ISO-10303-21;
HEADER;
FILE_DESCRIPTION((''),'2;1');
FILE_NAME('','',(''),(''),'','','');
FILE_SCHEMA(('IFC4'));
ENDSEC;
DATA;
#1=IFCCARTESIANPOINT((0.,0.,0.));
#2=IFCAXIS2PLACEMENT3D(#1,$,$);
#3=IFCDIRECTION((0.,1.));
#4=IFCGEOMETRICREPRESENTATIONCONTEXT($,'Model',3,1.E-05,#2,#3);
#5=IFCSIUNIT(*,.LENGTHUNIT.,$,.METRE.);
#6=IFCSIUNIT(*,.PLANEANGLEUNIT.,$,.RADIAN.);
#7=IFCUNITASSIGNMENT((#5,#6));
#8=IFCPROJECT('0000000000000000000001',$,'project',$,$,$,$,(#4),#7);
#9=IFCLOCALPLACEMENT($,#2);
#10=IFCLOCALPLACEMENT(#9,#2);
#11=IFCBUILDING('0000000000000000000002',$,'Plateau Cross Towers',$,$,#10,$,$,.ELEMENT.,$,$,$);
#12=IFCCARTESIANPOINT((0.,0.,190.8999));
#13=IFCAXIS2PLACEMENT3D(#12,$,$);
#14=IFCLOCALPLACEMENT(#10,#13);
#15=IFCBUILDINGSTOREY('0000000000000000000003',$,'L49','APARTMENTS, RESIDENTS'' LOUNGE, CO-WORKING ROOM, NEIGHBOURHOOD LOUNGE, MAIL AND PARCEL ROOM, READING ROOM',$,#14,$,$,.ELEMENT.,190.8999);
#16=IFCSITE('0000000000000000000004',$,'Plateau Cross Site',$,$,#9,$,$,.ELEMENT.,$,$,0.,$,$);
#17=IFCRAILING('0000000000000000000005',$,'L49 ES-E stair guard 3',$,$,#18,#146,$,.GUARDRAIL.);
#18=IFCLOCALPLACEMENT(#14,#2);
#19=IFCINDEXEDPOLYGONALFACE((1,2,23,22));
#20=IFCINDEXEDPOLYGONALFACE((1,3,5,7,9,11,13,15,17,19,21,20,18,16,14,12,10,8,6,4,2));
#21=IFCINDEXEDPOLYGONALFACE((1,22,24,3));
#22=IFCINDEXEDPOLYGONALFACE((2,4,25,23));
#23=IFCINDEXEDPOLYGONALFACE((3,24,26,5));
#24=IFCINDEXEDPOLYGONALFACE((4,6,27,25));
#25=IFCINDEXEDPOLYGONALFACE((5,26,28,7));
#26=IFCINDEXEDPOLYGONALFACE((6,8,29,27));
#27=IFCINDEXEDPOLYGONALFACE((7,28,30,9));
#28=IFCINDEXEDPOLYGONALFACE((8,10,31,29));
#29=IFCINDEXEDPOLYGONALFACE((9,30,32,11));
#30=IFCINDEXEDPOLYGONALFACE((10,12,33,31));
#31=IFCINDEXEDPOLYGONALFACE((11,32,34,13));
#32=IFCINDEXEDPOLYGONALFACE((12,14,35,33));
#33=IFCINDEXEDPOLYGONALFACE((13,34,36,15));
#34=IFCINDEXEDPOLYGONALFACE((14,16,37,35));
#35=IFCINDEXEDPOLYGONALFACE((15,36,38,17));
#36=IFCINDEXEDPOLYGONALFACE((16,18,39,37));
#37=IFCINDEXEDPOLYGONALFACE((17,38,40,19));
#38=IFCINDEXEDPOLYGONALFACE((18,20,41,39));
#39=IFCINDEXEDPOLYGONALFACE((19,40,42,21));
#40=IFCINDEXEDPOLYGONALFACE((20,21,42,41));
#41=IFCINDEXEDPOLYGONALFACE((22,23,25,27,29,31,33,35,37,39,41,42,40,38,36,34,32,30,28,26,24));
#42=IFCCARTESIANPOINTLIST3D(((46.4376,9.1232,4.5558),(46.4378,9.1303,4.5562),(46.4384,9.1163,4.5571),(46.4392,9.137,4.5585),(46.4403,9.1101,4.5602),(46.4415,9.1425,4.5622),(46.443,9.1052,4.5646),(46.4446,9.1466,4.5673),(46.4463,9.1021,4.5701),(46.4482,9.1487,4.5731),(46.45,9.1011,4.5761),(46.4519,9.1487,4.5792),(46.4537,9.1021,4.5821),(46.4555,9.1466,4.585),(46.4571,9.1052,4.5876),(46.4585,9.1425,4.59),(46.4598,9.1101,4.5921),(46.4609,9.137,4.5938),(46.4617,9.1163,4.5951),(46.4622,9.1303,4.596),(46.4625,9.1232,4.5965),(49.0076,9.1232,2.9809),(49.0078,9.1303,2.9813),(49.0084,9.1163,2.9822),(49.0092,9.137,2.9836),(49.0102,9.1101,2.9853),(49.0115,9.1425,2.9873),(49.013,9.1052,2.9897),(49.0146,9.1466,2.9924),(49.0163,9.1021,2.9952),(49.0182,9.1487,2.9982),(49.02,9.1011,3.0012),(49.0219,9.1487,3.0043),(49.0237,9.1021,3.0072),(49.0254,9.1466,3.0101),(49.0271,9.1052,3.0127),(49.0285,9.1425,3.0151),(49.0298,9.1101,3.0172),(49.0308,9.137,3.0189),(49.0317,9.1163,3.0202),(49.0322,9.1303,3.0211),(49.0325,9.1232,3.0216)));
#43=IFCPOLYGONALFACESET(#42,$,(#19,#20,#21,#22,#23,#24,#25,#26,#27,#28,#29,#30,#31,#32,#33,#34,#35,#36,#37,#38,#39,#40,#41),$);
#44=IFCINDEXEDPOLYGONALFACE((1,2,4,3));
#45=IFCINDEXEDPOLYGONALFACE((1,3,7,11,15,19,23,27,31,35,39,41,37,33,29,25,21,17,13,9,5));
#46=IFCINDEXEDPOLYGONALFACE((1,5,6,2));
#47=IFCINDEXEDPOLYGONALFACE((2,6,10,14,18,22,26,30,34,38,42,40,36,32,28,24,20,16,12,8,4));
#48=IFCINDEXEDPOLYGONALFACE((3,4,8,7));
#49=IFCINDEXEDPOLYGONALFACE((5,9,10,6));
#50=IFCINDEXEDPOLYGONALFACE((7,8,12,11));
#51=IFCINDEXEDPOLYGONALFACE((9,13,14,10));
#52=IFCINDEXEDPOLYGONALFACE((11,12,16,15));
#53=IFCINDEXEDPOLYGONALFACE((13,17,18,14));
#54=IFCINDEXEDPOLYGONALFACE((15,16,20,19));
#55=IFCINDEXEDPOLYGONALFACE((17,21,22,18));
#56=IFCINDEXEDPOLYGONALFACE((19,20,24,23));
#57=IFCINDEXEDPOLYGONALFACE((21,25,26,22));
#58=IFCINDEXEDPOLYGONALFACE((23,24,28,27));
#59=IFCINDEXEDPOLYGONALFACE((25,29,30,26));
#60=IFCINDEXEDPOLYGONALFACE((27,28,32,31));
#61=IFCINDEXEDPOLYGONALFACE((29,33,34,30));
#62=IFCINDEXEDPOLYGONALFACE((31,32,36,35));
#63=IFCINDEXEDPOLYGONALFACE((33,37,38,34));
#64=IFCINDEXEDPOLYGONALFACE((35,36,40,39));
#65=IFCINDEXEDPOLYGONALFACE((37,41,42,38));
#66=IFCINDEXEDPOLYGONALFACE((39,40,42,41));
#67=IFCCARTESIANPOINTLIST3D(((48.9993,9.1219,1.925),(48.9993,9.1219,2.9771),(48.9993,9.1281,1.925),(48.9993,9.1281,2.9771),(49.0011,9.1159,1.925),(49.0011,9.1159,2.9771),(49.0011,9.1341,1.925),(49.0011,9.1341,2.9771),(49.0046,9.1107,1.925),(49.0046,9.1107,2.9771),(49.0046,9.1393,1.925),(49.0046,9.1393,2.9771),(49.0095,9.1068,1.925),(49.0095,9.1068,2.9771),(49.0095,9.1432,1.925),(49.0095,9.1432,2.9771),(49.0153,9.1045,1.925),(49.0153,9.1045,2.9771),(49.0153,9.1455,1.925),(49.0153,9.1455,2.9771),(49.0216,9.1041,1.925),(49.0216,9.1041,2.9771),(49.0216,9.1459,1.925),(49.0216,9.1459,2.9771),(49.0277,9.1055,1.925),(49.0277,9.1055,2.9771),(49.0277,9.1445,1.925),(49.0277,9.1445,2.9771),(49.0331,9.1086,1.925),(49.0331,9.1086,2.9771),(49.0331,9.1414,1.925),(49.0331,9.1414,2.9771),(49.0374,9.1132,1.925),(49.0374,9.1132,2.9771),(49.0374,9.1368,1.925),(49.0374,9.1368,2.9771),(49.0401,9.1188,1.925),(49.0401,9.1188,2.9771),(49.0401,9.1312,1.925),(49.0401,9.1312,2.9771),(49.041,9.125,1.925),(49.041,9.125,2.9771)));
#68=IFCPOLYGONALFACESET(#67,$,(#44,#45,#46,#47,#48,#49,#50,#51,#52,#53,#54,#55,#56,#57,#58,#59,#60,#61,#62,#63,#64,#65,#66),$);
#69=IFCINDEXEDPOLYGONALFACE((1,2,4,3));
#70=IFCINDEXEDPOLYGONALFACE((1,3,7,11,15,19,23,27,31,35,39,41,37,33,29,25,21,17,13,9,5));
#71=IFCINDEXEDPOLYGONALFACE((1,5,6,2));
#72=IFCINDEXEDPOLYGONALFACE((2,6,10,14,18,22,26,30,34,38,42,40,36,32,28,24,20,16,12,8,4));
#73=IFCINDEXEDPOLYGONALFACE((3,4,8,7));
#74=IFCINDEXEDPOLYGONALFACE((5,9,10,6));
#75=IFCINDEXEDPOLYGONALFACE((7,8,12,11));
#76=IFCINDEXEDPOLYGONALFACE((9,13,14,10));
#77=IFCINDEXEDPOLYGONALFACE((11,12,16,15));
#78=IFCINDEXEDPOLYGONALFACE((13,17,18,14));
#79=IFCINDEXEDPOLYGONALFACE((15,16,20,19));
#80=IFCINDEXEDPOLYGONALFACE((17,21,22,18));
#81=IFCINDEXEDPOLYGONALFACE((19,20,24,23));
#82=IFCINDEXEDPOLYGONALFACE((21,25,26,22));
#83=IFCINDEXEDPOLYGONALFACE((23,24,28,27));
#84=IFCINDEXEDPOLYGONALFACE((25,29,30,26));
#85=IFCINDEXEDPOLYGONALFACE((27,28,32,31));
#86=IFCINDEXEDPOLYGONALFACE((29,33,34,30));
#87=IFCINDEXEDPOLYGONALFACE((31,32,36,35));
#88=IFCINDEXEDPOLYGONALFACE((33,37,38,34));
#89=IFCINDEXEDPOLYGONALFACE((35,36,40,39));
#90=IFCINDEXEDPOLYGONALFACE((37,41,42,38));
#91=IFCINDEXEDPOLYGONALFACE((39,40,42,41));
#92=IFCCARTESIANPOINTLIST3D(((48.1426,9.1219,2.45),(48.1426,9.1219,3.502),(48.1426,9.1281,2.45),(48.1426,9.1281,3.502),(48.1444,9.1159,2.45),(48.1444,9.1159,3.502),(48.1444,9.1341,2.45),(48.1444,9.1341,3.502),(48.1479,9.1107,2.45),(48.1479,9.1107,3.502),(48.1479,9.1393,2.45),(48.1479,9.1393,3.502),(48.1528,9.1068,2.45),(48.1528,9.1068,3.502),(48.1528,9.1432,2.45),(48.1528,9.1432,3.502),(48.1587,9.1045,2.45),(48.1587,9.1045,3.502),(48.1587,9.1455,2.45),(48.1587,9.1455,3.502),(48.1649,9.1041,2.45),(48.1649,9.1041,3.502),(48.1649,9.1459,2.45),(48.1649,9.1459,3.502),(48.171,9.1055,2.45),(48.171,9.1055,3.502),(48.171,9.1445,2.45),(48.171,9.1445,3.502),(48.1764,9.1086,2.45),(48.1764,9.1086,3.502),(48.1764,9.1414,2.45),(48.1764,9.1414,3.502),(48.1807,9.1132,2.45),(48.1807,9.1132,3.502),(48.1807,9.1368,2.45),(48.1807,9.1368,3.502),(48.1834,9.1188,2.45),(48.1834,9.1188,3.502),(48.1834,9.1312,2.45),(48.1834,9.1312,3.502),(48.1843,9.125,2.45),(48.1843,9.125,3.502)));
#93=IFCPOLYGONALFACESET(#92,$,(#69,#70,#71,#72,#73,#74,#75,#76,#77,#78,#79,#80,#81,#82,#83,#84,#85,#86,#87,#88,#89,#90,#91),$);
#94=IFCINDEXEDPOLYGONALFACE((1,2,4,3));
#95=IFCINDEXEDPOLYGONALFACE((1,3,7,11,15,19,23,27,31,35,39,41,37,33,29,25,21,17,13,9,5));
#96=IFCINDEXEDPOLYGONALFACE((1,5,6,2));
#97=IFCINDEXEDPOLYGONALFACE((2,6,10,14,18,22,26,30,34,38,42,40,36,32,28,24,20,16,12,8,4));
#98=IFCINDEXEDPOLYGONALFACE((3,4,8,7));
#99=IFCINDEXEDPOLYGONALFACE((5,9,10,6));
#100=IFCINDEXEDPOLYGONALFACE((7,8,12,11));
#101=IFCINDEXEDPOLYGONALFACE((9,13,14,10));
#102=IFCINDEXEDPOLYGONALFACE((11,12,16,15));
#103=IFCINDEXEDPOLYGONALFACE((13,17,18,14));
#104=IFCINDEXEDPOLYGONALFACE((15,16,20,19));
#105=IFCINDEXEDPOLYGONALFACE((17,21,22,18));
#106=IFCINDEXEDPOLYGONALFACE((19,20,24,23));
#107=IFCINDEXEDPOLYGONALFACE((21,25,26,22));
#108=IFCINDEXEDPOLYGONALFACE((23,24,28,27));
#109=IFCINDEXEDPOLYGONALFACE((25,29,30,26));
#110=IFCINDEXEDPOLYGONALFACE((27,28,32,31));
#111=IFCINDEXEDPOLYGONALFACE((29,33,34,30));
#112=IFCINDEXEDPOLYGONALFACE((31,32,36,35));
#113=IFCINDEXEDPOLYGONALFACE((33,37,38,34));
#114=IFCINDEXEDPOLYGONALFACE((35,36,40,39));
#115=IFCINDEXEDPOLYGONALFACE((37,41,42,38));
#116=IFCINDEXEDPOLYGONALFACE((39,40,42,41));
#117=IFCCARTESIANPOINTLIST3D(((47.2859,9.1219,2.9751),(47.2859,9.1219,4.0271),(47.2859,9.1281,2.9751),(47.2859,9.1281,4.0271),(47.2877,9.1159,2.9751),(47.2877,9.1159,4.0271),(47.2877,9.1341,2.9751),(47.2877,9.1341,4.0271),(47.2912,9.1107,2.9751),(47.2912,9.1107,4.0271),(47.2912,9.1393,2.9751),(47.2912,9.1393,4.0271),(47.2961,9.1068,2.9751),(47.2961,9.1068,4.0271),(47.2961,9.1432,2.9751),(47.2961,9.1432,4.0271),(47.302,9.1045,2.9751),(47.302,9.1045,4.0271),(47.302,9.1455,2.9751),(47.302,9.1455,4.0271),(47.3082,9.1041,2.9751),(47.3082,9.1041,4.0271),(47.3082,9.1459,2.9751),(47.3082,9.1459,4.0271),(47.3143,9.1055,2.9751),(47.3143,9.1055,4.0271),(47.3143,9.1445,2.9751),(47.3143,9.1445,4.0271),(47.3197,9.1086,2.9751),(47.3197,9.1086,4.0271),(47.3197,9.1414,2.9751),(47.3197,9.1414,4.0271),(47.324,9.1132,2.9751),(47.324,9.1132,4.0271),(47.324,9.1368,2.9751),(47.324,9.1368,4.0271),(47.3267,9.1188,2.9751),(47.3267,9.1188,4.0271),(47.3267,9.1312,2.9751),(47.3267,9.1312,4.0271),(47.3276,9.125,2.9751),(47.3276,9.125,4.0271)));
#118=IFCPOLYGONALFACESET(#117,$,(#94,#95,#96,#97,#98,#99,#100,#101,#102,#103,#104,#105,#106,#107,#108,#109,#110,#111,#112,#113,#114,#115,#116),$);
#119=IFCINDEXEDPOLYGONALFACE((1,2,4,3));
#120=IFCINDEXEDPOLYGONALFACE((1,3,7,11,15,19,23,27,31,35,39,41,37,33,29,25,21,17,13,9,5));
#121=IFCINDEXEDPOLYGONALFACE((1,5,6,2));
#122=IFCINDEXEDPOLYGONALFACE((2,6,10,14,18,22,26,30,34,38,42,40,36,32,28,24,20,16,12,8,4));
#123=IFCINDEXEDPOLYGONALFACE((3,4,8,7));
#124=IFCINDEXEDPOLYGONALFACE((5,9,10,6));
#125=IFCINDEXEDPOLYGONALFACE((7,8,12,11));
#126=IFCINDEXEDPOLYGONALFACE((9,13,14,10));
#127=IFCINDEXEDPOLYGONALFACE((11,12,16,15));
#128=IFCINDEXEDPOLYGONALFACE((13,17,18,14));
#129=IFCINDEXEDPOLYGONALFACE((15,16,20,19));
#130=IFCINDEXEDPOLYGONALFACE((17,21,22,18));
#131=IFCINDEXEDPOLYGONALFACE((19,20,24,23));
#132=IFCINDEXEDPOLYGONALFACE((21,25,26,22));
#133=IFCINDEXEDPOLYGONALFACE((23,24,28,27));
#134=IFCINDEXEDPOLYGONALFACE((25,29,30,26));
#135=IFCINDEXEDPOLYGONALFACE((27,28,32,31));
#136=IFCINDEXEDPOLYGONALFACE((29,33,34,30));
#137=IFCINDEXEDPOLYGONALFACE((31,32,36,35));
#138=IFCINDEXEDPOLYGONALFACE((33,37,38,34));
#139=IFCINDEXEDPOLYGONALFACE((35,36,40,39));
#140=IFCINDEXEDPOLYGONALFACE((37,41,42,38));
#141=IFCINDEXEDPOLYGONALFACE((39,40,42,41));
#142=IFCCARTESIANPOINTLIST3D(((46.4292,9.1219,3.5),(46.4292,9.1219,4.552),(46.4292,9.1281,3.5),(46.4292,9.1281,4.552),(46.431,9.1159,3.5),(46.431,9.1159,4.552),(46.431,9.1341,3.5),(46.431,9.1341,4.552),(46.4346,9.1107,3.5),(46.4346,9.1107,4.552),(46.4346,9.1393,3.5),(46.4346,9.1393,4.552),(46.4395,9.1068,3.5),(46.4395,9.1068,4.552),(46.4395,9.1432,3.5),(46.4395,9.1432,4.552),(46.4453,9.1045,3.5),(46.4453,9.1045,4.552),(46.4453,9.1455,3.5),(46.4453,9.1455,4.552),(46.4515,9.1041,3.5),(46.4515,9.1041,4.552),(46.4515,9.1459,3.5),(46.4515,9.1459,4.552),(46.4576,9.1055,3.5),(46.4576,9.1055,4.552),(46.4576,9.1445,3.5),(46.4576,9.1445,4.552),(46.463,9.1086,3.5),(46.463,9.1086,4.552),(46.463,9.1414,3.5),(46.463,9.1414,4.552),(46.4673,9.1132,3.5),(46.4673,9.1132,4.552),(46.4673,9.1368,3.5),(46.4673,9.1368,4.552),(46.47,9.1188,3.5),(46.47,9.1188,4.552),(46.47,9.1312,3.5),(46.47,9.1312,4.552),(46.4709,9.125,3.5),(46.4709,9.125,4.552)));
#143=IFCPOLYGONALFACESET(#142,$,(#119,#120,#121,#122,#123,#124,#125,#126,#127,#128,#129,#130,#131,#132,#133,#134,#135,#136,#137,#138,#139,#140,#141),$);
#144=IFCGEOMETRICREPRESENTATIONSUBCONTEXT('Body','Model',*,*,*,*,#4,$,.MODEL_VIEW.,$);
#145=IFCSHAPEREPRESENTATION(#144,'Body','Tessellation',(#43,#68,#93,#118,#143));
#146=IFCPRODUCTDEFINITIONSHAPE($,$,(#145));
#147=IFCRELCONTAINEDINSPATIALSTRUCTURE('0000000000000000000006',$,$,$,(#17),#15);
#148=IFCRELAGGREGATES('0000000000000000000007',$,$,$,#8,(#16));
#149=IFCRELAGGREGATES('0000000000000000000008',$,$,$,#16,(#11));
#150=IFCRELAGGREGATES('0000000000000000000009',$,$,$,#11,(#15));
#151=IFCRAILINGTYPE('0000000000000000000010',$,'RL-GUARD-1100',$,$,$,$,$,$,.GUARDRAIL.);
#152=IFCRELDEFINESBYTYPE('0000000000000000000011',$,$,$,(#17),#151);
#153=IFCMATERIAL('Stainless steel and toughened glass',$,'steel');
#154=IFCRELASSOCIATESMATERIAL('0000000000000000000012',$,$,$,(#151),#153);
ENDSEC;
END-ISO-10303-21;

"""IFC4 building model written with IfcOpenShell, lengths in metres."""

from ifc_helpers import new_model, si_unit, direction, frame, origin, origin_2d, place, context, subcontext, project, spatial, circle, extrude, material, type_object, element, save


model = new_model("IFC4")

# Units and contexts
model_context = context("Model", 3, precision=1e-05, world=origin(), true_north=direction((0.0, 1.0)))
body_context = subcontext(model_context, "Body", "Model", "MODEL_VIEW")
ifc_project = project(units=[si_unit("LENGTHUNIT", "METRE"), si_unit("PLANEANGLEUNIT", "RADIAN")], contexts=[model_context])

# Site, building, storey
site_placement = place(None, origin())
site = spatial("IfcSite", under=ifc_project, at=site_placement, Name="Plateau Cross Site", CompositionType="ELEMENT", RefElevation=0.0)
building_placement = place(site_placement, origin())
building = spatial("IfcBuilding", under=site, at=building_placement, Name="Plateau Cross Towers", CompositionType="ELEMENT")
storey_placement = place(building_placement, frame((0.0, 0.0, 190.8999)))
storey = spatial("IfcBuildingStorey", under=building, at=storey_placement, Name="L49", Description="APARTMENTS, RESIDENTS' LOUNGE, CO-WORKING ROOM, NEIGHBOURHOOD LOUNGE, MAIL AND PARCEL ROOM, READING ROOM", CompositionType="ELEMENT", Elevation=190.8999)

# Railing
ifc_material_1 = material(Name="Stainless steel and toughened glass", Category="steel")
railing_type_1 = type_object("IfcRailingType", Name="RL-GUARD-1100", PredefinedType="GUARDRAIL", material=ifc_material_1)
railing_1_placement = place(storey_placement, frame((49.02, 9.125, 1.925)))
element("IfcRailing", 1, at=railing_1_placement, inside=storey, type_object=railing_type_1, Name="L49 ES-E stair guard 3", PredefinedType="GUARDRAIL", context=body_context, shape_type="SweptSolid", body=[
    extrude(circle(Radius=0.0239, at=origin_2d()), frame((0.0, 0.0, 1.0762), z_axis=(-0.852639, 0.0, 0.522501), x_axis=(0.0, -1.0, 0.0)), (0.0, 0.0, 1.0), 3.0142),
    extrude(circle(Radius=0.021, at=origin_2d()), origin(), (0.0, 0.0, 1.0), 1.052),
    extrude(circle(Radius=0.021, at=origin_2d()), frame((-0.8567, 0.0, 0.5249)), (0.0, 0.0, 1.0), 1.052),
    extrude(circle(Radius=0.021, at=origin_2d()), frame((-1.7134, 0.0, 1.05)), (0.0, 0.0, 1.0), 1.052),
    extrude(circle(Radius=0.021, at=origin_2d()), frame((-2.5701, 0.0, 1.575)), (0.0, 0.0, 1.0), 1.052),
])

save(model, "model.ifc")
